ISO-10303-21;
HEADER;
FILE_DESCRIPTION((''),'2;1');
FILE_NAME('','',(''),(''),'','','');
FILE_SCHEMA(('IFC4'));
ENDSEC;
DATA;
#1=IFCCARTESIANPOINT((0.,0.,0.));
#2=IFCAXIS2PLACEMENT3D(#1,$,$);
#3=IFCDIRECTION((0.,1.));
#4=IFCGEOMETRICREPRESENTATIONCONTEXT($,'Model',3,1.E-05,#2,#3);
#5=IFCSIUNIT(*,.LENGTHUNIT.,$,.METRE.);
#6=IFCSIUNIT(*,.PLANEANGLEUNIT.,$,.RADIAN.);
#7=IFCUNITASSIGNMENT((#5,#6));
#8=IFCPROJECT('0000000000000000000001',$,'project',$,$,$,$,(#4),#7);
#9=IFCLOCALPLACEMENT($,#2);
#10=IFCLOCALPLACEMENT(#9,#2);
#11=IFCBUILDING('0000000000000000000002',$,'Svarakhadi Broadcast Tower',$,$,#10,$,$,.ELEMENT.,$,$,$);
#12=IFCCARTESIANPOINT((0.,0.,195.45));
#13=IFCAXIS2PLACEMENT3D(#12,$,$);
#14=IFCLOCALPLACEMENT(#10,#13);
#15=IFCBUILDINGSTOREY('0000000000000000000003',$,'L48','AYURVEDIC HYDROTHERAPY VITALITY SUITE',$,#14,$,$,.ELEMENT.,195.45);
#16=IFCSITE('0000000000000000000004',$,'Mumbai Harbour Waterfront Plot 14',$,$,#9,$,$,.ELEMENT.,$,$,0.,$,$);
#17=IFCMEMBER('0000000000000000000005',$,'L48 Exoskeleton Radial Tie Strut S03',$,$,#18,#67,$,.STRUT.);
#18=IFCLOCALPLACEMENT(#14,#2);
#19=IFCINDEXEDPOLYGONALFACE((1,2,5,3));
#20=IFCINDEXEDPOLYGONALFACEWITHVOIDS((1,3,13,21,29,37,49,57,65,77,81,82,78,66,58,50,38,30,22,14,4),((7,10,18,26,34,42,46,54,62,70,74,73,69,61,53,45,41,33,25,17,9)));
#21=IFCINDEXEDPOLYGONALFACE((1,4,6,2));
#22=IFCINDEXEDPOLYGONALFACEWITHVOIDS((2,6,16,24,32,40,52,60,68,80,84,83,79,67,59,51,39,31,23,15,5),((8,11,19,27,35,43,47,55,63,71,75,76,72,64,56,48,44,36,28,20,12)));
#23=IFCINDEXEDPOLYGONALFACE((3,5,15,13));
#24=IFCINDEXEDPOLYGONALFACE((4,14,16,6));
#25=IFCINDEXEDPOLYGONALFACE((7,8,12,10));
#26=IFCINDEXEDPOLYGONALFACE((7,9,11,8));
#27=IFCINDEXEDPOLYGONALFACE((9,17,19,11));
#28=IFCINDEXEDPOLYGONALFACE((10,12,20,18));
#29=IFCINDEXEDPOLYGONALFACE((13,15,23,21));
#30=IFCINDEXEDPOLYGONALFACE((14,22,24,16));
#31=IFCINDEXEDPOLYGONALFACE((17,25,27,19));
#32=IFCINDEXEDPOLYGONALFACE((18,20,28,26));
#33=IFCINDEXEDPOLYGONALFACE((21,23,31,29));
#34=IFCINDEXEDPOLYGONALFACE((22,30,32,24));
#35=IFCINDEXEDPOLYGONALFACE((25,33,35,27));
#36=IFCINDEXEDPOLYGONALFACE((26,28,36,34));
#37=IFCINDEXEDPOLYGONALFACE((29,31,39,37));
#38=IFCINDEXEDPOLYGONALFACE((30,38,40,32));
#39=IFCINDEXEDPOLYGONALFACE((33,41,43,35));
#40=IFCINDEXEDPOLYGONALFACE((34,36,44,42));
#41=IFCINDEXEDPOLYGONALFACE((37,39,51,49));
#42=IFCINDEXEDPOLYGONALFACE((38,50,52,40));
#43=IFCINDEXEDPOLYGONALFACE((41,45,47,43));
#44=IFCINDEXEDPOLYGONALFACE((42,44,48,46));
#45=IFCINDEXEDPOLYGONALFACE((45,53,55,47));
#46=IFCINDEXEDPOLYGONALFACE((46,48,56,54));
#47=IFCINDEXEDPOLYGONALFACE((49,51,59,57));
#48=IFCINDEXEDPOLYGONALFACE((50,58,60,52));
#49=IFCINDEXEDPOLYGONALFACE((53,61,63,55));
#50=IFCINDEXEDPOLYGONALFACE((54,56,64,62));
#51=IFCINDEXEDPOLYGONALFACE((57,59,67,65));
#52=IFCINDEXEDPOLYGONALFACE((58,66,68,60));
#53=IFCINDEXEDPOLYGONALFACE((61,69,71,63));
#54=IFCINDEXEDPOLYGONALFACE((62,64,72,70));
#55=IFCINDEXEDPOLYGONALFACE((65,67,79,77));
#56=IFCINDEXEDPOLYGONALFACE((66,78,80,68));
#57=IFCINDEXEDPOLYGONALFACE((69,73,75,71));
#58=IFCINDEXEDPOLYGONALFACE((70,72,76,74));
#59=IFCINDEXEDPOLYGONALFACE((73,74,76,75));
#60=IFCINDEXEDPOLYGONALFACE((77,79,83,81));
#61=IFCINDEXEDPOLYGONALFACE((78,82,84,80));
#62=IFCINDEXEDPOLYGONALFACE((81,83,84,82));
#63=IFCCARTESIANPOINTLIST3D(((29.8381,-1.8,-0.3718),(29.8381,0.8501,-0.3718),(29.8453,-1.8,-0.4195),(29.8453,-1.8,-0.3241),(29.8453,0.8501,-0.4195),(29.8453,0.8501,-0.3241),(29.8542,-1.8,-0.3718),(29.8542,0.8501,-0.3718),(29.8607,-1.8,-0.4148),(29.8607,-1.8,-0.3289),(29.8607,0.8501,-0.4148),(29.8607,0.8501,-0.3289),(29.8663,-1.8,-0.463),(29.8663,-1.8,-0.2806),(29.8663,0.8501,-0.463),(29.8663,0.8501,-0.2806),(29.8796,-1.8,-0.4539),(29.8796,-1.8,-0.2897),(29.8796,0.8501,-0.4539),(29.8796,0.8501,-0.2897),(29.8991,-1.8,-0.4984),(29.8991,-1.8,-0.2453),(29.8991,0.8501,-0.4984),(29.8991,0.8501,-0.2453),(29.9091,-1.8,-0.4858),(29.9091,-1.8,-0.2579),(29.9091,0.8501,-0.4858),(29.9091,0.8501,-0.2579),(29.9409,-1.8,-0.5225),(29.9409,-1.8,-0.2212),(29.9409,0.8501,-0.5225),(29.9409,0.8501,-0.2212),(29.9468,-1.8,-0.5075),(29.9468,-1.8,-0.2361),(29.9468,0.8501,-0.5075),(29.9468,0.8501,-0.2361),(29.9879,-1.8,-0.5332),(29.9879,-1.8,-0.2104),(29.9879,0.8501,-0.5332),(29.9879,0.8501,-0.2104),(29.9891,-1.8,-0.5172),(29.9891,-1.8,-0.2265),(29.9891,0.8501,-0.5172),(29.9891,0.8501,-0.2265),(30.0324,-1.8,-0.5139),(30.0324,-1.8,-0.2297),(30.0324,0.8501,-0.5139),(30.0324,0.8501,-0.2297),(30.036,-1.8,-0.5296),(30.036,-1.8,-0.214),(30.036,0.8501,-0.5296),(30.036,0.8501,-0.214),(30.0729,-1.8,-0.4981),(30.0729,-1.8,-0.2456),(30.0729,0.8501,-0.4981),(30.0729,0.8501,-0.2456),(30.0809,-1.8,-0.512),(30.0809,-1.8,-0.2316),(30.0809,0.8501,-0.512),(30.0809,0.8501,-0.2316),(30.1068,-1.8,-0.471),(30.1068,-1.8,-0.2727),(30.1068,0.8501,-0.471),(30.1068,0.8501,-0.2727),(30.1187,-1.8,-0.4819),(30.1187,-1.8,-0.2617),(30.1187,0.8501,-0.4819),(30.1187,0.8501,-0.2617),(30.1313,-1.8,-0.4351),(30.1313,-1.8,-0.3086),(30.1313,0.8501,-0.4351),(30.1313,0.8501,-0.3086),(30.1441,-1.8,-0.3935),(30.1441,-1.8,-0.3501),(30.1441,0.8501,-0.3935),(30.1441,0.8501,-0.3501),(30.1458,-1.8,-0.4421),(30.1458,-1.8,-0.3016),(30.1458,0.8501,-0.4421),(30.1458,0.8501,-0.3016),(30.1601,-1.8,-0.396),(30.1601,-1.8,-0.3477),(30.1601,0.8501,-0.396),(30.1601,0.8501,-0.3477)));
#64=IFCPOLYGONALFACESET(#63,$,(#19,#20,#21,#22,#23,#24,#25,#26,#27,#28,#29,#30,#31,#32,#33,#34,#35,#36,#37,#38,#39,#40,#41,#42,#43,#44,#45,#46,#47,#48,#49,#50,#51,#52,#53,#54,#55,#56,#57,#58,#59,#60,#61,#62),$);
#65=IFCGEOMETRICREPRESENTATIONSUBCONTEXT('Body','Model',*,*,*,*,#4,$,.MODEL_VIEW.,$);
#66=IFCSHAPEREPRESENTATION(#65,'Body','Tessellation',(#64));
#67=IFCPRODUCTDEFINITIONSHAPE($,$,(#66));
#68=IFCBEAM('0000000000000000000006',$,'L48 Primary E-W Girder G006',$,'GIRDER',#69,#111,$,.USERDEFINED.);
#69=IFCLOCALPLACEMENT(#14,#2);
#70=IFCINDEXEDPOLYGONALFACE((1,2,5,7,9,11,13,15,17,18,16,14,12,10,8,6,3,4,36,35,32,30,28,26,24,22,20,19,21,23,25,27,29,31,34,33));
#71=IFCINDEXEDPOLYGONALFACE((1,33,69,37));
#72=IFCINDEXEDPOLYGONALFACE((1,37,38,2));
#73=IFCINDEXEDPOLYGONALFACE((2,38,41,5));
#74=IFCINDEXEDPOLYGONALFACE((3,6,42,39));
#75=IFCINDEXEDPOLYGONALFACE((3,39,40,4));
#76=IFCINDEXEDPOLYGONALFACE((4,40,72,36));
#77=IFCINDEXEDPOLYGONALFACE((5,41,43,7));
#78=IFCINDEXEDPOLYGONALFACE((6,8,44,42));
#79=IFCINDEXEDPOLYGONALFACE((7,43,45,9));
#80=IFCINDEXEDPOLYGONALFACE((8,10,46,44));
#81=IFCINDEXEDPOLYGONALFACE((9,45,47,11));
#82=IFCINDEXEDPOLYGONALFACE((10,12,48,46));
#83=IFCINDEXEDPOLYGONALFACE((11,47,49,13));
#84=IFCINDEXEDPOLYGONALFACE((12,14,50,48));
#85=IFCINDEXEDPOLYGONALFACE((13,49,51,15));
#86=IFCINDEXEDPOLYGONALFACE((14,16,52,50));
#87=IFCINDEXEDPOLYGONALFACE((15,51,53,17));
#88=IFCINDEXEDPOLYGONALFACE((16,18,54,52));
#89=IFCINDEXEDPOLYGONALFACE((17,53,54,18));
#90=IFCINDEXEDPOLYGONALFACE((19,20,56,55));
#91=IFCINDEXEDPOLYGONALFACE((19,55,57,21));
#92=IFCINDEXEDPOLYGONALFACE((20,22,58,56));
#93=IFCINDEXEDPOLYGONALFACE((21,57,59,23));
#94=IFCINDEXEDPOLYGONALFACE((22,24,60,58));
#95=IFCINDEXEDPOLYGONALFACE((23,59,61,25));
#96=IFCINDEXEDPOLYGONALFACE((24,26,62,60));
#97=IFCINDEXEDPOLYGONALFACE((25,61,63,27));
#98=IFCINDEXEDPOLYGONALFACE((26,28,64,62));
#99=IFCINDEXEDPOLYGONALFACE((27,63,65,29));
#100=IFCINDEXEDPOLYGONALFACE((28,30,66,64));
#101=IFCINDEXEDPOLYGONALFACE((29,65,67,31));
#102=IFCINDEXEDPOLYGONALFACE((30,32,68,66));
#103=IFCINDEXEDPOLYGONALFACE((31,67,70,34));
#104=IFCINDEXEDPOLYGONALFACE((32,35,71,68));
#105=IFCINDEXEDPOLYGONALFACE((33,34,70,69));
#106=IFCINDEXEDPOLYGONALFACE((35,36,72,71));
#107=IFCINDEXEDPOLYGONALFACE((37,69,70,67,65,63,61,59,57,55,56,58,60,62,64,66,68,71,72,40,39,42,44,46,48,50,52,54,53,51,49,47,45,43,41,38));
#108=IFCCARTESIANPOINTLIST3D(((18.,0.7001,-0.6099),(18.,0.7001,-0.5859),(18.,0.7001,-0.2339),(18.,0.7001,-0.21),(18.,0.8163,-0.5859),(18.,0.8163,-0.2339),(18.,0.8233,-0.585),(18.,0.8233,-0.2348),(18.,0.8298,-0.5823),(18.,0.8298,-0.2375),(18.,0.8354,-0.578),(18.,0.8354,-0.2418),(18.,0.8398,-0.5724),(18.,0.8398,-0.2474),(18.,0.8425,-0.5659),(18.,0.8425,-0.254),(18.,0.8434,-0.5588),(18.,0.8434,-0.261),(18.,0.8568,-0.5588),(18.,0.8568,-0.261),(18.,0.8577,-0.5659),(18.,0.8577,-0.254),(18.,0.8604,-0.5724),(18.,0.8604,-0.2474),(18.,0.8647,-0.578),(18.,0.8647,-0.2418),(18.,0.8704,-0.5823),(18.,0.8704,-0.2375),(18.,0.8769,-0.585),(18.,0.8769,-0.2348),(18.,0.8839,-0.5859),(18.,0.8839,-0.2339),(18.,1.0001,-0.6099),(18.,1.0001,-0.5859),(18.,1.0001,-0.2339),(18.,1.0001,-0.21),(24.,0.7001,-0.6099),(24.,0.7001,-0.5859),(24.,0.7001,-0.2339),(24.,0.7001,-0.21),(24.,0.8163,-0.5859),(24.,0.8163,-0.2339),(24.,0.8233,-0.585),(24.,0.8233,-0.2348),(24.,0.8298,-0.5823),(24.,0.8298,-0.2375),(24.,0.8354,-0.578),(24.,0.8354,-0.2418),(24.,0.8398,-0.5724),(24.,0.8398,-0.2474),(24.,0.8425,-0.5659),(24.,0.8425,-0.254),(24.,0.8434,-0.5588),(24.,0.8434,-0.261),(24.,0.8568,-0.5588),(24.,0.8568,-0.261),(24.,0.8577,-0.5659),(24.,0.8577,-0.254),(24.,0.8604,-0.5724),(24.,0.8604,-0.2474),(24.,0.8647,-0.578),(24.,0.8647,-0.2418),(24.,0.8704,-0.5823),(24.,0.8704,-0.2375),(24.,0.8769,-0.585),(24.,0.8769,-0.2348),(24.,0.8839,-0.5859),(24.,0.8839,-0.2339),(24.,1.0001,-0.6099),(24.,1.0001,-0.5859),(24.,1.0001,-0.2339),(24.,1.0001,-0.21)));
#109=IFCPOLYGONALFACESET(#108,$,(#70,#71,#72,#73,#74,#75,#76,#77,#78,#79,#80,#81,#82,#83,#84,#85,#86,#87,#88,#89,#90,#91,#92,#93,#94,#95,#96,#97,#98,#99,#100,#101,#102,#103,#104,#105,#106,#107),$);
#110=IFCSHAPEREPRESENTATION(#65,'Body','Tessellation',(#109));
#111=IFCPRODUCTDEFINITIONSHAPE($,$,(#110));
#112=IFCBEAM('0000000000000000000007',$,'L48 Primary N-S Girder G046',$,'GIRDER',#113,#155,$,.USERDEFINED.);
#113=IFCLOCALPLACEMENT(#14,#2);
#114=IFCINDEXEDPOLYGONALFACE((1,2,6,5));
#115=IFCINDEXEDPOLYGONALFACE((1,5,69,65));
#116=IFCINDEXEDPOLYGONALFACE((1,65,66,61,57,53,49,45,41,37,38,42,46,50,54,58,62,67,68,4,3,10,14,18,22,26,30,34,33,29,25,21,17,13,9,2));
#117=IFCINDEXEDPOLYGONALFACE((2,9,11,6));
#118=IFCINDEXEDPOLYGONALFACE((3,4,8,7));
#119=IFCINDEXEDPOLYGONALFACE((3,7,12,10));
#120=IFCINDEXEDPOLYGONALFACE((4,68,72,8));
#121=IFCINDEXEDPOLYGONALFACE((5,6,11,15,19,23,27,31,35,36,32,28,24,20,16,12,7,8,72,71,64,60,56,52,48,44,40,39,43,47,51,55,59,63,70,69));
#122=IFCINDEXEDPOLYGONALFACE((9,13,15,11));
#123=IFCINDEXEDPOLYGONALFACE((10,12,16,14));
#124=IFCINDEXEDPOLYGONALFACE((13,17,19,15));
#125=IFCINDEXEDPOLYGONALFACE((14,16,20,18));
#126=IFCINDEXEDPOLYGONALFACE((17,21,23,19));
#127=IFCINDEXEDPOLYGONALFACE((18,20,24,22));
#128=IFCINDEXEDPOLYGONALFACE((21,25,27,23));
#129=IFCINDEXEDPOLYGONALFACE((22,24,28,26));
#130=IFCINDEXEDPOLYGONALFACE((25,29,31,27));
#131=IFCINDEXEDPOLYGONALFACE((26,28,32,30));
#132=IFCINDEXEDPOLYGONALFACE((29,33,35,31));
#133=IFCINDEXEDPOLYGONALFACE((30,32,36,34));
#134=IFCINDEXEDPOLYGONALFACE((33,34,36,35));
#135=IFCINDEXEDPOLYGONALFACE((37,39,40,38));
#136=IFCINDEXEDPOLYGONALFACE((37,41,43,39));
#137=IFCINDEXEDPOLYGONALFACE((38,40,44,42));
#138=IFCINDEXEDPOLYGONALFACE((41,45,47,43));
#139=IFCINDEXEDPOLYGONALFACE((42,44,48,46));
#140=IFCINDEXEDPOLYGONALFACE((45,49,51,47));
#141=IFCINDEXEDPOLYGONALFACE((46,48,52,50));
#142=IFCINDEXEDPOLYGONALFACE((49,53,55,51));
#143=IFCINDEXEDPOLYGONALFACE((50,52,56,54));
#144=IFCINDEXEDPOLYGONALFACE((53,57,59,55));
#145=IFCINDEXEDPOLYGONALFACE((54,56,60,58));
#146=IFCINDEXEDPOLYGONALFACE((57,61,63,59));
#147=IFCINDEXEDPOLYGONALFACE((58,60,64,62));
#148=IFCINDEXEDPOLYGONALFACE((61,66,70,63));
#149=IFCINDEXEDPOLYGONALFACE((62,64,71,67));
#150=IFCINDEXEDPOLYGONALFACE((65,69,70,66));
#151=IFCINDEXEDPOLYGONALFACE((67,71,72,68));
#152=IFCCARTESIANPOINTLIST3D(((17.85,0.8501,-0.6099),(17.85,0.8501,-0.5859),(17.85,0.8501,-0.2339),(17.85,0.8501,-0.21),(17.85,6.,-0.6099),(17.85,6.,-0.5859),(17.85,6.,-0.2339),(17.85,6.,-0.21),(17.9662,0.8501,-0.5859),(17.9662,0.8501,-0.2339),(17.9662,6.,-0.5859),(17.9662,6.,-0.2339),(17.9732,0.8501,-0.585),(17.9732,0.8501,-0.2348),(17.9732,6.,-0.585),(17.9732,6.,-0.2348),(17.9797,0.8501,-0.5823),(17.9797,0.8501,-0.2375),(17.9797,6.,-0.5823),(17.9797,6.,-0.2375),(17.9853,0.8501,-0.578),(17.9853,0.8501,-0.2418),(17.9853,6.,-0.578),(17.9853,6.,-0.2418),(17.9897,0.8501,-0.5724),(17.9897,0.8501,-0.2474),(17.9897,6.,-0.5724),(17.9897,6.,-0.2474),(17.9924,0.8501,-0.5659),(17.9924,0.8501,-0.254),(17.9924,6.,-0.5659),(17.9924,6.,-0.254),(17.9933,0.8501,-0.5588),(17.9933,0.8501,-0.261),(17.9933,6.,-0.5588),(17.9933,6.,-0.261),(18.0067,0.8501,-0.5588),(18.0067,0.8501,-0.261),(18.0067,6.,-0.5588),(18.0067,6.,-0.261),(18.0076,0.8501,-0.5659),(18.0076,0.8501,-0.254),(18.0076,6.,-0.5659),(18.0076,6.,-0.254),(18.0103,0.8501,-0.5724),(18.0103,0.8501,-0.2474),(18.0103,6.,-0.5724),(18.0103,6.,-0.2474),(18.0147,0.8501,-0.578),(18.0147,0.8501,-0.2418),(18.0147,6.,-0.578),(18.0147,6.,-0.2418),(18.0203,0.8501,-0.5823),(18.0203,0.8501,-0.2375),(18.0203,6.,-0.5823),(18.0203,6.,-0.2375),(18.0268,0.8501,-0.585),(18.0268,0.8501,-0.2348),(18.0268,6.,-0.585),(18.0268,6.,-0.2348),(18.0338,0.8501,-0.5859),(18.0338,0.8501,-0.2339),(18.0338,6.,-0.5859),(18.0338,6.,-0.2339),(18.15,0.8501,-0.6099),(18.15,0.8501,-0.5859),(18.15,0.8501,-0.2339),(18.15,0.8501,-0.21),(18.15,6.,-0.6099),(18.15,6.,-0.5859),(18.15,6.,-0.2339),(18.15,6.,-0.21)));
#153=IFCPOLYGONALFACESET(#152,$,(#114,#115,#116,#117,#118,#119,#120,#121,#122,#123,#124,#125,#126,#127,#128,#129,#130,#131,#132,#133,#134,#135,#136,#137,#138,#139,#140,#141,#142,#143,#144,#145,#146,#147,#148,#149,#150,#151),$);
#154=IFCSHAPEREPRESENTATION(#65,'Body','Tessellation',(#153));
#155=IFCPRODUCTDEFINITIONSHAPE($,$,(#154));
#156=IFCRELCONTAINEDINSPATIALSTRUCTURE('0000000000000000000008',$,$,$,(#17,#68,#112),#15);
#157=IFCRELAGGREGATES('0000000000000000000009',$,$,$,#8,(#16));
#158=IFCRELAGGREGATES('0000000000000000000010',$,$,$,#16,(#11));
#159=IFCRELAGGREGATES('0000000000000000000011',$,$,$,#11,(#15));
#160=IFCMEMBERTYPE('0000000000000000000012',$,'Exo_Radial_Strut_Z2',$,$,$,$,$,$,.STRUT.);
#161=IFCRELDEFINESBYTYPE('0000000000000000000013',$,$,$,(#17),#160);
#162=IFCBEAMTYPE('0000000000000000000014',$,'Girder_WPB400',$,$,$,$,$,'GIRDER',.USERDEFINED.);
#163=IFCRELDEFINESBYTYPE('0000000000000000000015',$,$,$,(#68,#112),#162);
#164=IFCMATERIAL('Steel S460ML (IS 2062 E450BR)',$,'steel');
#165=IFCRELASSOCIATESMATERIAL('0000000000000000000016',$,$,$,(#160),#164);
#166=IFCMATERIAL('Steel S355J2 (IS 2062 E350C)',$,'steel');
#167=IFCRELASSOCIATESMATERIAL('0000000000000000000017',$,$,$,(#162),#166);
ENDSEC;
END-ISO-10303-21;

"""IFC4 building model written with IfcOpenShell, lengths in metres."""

from ifc_helpers import new_model, si_unit, direction, frame, origin, origin_2d, place, context, subcontext, project, spatial, hollow_circle, i_section, extrude, material, material_profile, profile_set, type_object, element, save


model = new_model("IFC4")

# Units and contexts
model_context = context("Model", 3, precision=1e-05, world=origin(), true_north=direction((0.0, 1.0)))
body_context = subcontext(model_context, "Body", "Model", "MODEL_VIEW")
ifc_project = project(units=[si_unit("LENGTHUNIT", "METRE"), si_unit("PLANEANGLEUNIT", "RADIAN")], contexts=[model_context])

# Site, building, storey
site_placement = place(None, origin())
site = spatial("IfcSite", under=ifc_project, at=site_placement, Name="Mumbai Harbour Waterfront Plot 14", CompositionType="ELEMENT", RefElevation=0.0)
building_placement = place(site_placement, origin())
building = spatial("IfcBuilding", under=site, at=building_placement, Name="Svarakhadi Broadcast Tower", CompositionType="ELEMENT")
storey_placement = place(building_placement, frame((0.0, 0.0, 195.45)))
storey = spatial("IfcBuildingStorey", under=building, at=storey_placement, Name="L48", Description="AYURVEDIC HYDROTHERAPY VITALITY SUITE", CompositionType="ELEMENT", Elevation=195.45)

# Member
ifc_material_1 = material(Name="Steel S460ML (IS 2062 E450BR)", Category="steel")
ifc_material_profile_1 = material_profile(ifc_material_1, hollow_circle(Radius=0.1619, WallThickness=0.0161, at=origin_2d()), Name="CHS 323.9x16")
ifc_profile_set_1 = profile_set([ifc_material_profile_1], Name="Steel S460ML (IS 2062 E450BR)")
member_type_1 = type_object("IfcMemberType", Name="Exo_Radial_Strut_Z2", PredefinedType="STRUT", material=ifc_profile_set_1)
for number, where, z_axis, x_axis, name in (
    (1, (30.0, -1.8, -0.3718), (0.0, 1.0, 0.0), (-1.0, 0.0, 0.0), "L48 Exoskeleton Radial Tie Strut S03"),
):
    element("IfcMember", number, at=place(storey_placement, frame(where, z_axis=z_axis, x_axis=x_axis)), inside=storey, type_object=member_type_1, Name=name, PredefinedType="STRUT", context=body_context, shape_type="SweptSolid", body=[
        extrude(hollow_circle(Radius=0.1619, WallThickness=0.0161, at=origin_2d()), origin(), (0.0, 0.0, 1.0), 2.6501),
    ])

# Beams
ifc_material_2 = material(Name="Steel S355J2 (IS 2062 E350C)", Category="steel")
ifc_material_profile_2 = material_profile(ifc_material_2, i_section(OverallWidth=0.3, OverallDepth=0.3999, WebThickness=0.0134, FlangeThickness=0.0239, FilletRadius=0.0271, at=origin_2d()), Name="WPB 400x300x155")
ifc_profile_set_2 = profile_set([ifc_material_profile_2], Name="Steel S355J2 (IS 2062 E350C)")
beam_type_1 = type_object("IfcBeamType", Name="Girder_WPB400", ElementType="GIRDER", PredefinedType="USERDEFINED", material=ifc_profile_set_2)
beam_1_placement = place(storey_placement, frame((18.0, 0.8501, -0.4099), z_axis=(1.0, 0.0, 0.0), x_axis=(0.0, 1.0, 0.0)))
element("IfcBeam", 2, at=beam_1_placement, inside=storey, type_object=beam_type_1, Name="L48 Primary E-W Girder G006", ObjectType="GIRDER", PredefinedType="USERDEFINED", context=body_context, shape_type="SweptSolid", body=[
    extrude(i_section(OverallWidth=0.3, OverallDepth=0.3999, WebThickness=0.0134, FlangeThickness=0.0239, FilletRadius=0.0271, at=origin_2d()), origin(), (0.0, 0.0, 1.0), 6.0),
])
beam_2_placement = place(storey_placement, frame((18.0, 0.8501, -0.4099), z_axis=(0.0, 1.0, 0.0), x_axis=(-1.0, 0.0, 0.0)))
element("IfcBeam", 3, at=beam_2_placement, inside=storey, type_object=beam_type_1, Name="L48 Primary N-S Girder G046", ObjectType="GIRDER", PredefinedType="USERDEFINED", context=body_context, shape_type="SweptSolid", body=[
    extrude(i_section(OverallWidth=0.3, OverallDepth=0.3999, WebThickness=0.0134, FlangeThickness=0.0239, FilletRadius=0.0271, at=origin_2d()), origin(), (0.0, 0.0, 1.0), 5.1499),
])

save(model, "model.ifc")
